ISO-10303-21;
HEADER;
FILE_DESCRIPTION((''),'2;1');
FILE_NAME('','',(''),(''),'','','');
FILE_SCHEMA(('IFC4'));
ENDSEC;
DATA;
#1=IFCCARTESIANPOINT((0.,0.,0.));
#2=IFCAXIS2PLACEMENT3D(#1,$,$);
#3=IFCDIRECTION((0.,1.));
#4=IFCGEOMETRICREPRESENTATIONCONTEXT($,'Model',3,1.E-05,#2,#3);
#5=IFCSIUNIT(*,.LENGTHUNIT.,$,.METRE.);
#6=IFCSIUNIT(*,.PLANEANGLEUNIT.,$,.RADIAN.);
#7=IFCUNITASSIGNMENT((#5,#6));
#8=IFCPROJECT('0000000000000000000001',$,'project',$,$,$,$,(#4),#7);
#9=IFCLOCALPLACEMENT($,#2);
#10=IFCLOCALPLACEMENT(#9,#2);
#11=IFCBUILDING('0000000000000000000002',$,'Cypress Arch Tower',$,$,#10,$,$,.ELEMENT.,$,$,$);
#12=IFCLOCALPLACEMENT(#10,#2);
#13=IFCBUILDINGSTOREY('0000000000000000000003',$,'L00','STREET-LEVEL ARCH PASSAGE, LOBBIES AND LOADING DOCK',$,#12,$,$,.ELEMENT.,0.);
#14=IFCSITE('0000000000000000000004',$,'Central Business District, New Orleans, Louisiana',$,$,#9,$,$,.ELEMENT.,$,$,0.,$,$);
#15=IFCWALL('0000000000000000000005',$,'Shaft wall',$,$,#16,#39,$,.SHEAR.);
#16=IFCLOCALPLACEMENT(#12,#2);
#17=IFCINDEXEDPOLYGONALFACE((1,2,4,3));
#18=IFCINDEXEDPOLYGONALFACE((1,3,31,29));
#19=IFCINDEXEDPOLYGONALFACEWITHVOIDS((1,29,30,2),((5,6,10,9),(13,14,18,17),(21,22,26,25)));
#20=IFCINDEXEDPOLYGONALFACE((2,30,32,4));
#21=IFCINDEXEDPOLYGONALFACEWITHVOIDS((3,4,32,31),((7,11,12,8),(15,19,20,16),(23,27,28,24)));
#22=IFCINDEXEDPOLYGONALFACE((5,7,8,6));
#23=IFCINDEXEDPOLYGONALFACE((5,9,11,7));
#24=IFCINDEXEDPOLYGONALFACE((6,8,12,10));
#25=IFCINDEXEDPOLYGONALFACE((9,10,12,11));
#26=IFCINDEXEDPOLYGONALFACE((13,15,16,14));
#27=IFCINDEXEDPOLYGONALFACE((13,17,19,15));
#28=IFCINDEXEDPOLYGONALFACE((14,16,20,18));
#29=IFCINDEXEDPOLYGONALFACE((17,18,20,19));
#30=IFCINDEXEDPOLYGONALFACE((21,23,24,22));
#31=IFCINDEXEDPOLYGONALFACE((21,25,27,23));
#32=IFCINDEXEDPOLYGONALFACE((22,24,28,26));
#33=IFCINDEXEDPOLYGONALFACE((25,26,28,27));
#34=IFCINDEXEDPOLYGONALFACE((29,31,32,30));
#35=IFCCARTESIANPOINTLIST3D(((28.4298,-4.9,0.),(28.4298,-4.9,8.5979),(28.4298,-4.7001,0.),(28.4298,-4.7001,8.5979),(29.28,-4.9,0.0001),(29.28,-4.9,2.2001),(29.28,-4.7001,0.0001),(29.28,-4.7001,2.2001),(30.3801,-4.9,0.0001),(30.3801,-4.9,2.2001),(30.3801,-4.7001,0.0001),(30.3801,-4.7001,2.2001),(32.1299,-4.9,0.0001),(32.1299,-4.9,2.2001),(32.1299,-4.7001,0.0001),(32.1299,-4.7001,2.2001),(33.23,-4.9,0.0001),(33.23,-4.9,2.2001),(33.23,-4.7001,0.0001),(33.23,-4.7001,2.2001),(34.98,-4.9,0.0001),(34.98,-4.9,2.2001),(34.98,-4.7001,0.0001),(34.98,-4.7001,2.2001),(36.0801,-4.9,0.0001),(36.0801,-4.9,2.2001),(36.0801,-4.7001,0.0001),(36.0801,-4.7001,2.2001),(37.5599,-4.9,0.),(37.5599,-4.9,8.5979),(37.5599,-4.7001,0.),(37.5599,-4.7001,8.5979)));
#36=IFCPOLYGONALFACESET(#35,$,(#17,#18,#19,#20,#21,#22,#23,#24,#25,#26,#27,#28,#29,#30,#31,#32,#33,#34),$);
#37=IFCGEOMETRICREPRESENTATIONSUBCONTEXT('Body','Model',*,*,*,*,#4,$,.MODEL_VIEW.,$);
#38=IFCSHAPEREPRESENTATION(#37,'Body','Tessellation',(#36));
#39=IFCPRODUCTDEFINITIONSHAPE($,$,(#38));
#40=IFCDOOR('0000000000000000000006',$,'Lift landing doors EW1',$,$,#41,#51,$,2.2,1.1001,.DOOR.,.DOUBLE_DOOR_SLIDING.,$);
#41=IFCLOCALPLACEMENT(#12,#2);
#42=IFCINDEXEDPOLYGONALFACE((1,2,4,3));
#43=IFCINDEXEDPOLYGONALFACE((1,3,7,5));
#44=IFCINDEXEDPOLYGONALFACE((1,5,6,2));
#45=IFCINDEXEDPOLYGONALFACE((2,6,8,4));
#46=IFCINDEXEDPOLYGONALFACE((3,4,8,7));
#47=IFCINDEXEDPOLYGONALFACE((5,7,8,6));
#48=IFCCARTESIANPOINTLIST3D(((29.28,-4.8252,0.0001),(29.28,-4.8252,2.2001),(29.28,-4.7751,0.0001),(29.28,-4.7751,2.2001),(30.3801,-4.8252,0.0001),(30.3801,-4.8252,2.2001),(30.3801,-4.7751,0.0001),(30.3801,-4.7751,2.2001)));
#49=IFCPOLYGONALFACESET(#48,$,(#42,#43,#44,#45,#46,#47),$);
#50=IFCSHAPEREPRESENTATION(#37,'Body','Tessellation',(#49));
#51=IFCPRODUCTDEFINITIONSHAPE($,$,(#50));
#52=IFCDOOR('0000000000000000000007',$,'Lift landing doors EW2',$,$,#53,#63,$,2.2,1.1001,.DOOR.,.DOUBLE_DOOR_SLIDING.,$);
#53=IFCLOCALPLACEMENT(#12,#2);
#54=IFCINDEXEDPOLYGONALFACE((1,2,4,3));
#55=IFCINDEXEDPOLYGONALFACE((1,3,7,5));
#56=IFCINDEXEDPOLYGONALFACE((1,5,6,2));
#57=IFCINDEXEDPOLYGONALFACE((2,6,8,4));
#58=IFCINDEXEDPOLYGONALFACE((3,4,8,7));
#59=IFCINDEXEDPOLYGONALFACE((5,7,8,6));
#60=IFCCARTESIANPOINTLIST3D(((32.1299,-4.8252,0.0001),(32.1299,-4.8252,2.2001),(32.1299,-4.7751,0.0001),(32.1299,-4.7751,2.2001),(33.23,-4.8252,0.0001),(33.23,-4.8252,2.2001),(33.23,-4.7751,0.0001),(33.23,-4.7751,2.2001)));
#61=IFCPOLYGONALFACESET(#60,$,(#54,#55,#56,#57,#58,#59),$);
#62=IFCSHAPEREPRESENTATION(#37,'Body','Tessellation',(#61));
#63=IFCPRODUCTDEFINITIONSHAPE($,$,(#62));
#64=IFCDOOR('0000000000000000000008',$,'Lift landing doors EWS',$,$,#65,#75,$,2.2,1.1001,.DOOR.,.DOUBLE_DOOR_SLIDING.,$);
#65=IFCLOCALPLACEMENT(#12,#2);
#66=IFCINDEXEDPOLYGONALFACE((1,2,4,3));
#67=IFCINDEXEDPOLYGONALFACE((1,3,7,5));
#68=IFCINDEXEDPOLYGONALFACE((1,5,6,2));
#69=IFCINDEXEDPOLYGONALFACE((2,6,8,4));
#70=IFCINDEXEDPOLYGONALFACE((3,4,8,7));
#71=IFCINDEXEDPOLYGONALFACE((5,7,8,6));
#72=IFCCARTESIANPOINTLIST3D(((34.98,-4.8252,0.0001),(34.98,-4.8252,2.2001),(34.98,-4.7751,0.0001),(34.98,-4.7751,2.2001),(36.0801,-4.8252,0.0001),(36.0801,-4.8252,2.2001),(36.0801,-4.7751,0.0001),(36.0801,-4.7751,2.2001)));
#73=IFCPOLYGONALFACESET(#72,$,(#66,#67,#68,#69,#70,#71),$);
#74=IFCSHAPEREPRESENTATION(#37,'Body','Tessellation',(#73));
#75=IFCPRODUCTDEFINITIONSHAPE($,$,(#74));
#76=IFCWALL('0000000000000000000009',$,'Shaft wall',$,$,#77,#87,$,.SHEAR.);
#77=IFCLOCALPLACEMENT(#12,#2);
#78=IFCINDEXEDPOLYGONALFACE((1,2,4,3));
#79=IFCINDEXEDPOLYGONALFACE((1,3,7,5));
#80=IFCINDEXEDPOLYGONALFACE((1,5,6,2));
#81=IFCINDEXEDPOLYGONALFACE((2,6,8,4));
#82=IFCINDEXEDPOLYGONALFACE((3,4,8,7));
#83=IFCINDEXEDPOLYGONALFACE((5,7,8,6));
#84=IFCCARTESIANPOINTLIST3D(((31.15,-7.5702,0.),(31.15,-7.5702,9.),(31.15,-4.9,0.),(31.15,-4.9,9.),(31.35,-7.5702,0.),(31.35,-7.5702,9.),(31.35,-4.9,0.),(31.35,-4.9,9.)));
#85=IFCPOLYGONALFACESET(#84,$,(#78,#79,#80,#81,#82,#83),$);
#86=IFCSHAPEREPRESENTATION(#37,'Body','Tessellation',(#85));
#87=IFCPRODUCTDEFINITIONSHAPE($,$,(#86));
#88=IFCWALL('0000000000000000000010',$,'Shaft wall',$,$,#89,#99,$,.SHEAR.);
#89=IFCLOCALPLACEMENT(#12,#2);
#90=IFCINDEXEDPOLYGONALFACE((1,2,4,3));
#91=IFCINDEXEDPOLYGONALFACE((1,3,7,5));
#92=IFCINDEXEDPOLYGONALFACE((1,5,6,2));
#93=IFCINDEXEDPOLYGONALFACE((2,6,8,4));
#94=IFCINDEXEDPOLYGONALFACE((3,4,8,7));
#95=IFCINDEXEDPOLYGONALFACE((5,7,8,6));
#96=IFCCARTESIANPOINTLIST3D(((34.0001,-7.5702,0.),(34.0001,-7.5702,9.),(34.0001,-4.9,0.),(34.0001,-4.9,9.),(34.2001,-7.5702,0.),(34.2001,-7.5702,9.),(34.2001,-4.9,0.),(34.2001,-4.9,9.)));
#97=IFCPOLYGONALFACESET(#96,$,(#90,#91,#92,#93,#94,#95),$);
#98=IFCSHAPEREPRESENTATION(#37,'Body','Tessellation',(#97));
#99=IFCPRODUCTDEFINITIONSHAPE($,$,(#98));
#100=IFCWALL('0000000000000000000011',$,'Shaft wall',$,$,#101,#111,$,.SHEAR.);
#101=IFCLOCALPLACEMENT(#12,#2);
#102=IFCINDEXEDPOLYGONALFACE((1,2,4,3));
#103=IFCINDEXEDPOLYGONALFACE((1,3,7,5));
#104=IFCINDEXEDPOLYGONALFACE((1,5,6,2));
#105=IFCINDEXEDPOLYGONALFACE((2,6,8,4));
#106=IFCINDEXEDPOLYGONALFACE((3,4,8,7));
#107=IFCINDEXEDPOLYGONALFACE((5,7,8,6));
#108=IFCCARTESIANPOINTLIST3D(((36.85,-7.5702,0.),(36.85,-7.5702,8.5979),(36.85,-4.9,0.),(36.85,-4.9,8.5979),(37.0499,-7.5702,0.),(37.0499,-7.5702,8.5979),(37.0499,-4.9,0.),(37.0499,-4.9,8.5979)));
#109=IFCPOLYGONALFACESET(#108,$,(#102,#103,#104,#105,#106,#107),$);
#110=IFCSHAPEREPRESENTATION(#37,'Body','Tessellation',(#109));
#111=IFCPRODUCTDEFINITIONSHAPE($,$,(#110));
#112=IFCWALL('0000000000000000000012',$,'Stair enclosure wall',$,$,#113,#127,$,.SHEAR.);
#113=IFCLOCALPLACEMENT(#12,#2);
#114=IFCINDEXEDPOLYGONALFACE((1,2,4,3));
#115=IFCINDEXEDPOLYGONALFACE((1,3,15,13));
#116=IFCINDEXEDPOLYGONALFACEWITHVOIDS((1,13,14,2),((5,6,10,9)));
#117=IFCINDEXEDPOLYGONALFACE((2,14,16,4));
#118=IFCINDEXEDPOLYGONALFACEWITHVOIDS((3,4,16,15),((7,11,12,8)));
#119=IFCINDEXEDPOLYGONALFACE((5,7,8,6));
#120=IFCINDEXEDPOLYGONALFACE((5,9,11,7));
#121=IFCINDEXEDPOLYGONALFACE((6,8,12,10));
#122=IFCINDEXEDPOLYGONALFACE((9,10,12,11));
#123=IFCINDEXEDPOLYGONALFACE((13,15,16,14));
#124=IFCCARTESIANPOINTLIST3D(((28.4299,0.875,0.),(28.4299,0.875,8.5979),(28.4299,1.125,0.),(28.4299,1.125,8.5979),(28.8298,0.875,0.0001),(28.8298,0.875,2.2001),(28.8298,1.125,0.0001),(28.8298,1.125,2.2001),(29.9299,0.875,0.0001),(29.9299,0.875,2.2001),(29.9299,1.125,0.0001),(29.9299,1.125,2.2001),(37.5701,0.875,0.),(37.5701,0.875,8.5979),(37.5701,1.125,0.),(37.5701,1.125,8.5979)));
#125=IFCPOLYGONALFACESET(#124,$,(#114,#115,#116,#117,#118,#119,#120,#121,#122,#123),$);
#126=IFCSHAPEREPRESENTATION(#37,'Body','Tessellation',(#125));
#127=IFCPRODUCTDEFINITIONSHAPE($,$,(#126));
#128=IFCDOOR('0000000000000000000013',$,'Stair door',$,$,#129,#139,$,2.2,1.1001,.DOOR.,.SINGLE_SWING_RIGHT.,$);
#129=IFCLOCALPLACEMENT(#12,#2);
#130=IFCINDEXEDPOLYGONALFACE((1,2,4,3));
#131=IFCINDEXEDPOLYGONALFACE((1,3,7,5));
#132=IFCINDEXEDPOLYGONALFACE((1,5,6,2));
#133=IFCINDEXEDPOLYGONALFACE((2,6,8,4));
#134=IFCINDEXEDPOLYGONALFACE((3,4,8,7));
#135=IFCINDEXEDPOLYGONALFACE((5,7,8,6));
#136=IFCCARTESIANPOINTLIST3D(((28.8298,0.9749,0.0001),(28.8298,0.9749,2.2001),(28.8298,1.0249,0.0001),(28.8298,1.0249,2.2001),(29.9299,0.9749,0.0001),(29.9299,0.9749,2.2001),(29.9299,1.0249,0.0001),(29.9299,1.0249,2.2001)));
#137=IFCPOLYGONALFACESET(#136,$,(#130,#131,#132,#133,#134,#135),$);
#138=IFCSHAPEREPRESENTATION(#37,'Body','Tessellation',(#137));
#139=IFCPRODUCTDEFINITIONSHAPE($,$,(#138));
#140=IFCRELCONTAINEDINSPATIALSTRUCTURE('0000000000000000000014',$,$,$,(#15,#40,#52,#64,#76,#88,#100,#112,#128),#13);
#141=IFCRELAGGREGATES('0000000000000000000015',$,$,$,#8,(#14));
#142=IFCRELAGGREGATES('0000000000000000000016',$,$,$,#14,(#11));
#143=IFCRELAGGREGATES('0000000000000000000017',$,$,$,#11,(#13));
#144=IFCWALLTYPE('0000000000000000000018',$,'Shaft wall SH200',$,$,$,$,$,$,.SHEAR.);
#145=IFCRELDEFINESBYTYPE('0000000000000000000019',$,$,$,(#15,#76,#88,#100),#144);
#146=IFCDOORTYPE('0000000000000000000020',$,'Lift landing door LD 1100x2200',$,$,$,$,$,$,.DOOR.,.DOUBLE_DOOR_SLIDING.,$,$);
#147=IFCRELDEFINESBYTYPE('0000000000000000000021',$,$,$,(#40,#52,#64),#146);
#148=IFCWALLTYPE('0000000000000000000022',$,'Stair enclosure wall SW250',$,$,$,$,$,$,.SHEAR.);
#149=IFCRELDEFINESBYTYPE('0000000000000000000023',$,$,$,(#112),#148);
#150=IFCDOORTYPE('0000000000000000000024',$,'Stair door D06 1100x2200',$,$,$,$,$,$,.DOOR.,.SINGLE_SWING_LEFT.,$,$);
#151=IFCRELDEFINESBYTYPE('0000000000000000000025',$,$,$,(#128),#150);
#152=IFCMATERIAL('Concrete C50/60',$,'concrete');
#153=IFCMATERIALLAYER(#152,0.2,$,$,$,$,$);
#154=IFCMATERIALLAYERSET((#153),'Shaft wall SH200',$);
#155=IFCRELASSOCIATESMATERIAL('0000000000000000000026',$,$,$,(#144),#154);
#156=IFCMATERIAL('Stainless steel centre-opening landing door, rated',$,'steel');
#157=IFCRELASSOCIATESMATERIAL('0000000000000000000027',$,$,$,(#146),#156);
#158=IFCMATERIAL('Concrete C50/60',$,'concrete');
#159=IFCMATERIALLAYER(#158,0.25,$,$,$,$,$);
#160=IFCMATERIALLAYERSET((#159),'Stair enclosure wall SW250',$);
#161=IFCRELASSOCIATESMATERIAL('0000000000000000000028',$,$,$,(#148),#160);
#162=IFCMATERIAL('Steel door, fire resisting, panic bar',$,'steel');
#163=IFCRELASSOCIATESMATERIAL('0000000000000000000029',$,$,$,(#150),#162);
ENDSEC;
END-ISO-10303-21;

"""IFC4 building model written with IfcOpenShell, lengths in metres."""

from ifc_helpers import new_model, si_unit, direction, frame, frame_2d, origin, place, context, subcontext, project, spatial, rectangle, extrude, material, layer, layer_set, type_object, element, fill, save


model = new_model("IFC4")

# Units and contexts
model_context = context("Model", 3, precision=1e-05, world=origin(), true_north=direction((0.0, 1.0)))
body_context = subcontext(model_context, "Body", "Model", "MODEL_VIEW")
ifc_project = project(units=[si_unit("LENGTHUNIT", "METRE"), si_unit("PLANEANGLEUNIT", "RADIAN")], contexts=[model_context])

# Site, building, storey
site_placement = place(None, origin())
site = spatial("IfcSite", under=ifc_project, at=site_placement, Name="Central Business District, New Orleans, Louisiana", CompositionType="ELEMENT", RefElevation=0.0)
building_placement = place(site_placement, origin())
building = spatial("IfcBuilding", under=site, at=building_placement, Name="Cypress Arch Tower", CompositionType="ELEMENT")
storey_placement = place(building_placement, origin())
storey = spatial("IfcBuildingStorey", under=building, at=storey_placement, Name="L00", Description="STREET-LEVEL ARCH PASSAGE, LOBBIES AND LOADING DOCK", CompositionType="ELEMENT", Elevation=0.0)

# Wall, openings, doors
ifc_material_1 = material(Name="Concrete C50/60", Category="concrete")
ifc_layer_1 = layer(ifc_material_1, 0.2)
ifc_layer_set_1 = layer_set([ifc_layer_1], Name="Shaft wall SH200")
wall_type_1 = type_object("IfcWallType", Name="Shaft wall SH200", PredefinedType="SHEAR", material=ifc_layer_set_1)
wall_1_placement = place(storey_placement, frame((28.4299, -4.8, 0.0), z_axis=(0.0, 0.0, 1.0), x_axis=(1.0, 0.0, 0.0)))
wall_1 = element("IfcWall", 1, at=wall_1_placement, inside=storey, type_object=wall_type_1, Name="Shaft wall", PredefinedType="SHEAR", context=body_context, shape_type="SweptSolid", body=[
    extrude(rectangle(XDim=9.1301, YDim=0.2, at=frame_2d((4.5649, 0.0))), origin(), (0.0, 0.0, 1.0), 8.5979),
])
opening_1_placement = place(wall_1_placement, frame((0.8501, 0.0, 0.0)))
opening_1 = element("IfcOpeningElement", 2, at=opening_1_placement, cuts=wall_1, PredefinedType="OPENING", context=body_context, shape_type="SweptSolid", body=[
    extrude(rectangle(XDim=1.1001, YDim=2.2, at=frame_2d((0.55, 1.1001))), frame((0.0, 0.1099, 0.0), z_axis=(0.0, -1.0, 0.0), x_axis=(1.0, 0.0, 0.0)), (0.0, 0.0, 1.0), 0.22),
])
opening_2_placement = place(wall_1_placement, frame((3.7, 0.0, 0.0)))
opening_2 = element("IfcOpeningElement", 3, at=opening_2_placement, cuts=wall_1, PredefinedType="OPENING", context=body_context, shape_type="SweptSolid", body=[
    extrude(rectangle(XDim=1.1001, YDim=2.2, at=frame_2d((0.55, 1.1001))), frame((0.0, 0.1099, 0.0), z_axis=(0.0, -1.0, 0.0), x_axis=(1.0, 0.0, 0.0)), (0.0, 0.0, 1.0), 0.22),
])
opening_3_placement = place(wall_1_placement, frame((6.55, 0.0, 0.0)))
opening_3 = element("IfcOpeningElement", 4, at=opening_3_placement, cuts=wall_1, PredefinedType="OPENING", context=body_context, shape_type="SweptSolid", body=[
    extrude(rectangle(XDim=1.1001, YDim=2.2, at=frame_2d((0.55, 1.1001))), frame((0.0, 0.1099, 0.0), z_axis=(0.0, -1.0, 0.0), x_axis=(1.0, 0.0, 0.0)), (0.0, 0.0, 1.0), 0.22),
])
ifc_material_2 = material(Name="Stainless steel centre-opening landing door, rated", Category="steel")
door_type_1 = type_object("IfcDoorType", Name="Lift landing door LD 1100x2200", OperationType="DOUBLE_DOOR_SLIDING", PredefinedType="DOOR", material=ifc_material_2)
door_1_placement = place(opening_1_placement, origin())
door_1 = element("IfcDoor", 5, at=door_1_placement, inside=storey, type_object=door_type_1, Name="Lift landing doors EW1", OperationType="DOUBLE_DOOR_SLIDING", OverallHeight=2.2, OverallWidth=1.1001, PredefinedType="DOOR", context=body_context, shape_type="SweptSolid", body=[
    extrude(rectangle(XDim=1.1001, YDim=2.2, at=frame_2d((0.55, 1.1001))), frame((0.0, 0.0249, 0.0), z_axis=(0.0, -1.0, 0.0), x_axis=(1.0, 0.0, 0.0)), (0.0, 0.0, 1.0), 0.05),
])
fill(opening_1, door_1)
door_2_placement = place(opening_2_placement, origin())
door_2 = element("IfcDoor", 6, at=door_2_placement, inside=storey, type_object=door_type_1, Name="Lift landing doors EW2", OperationType="DOUBLE_DOOR_SLIDING", OverallHeight=2.2, OverallWidth=1.1001, PredefinedType="DOOR", context=body_context, shape_type="SweptSolid", body=[
    extrude(rectangle(XDim=1.1001, YDim=2.2, at=frame_2d((0.55, 1.1001))), frame((0.0, 0.0249, 0.0), z_axis=(0.0, -1.0, 0.0), x_axis=(1.0, 0.0, 0.0)), (0.0, 0.0, 1.0), 0.05),
])
fill(opening_2, door_2)
door_3_placement = place(opening_3_placement, origin())
door_3 = element("IfcDoor", 7, at=door_3_placement, inside=storey, type_object=door_type_1, Name="Lift landing doors EWS", OperationType="DOUBLE_DOOR_SLIDING", OverallHeight=2.2, OverallWidth=1.1001, PredefinedType="DOOR", context=body_context, shape_type="SweptSolid", body=[
    extrude(rectangle(XDim=1.1001, YDim=2.2, at=frame_2d((0.55, 1.1001))), frame((0.0, 0.0249, 0.0), z_axis=(0.0, -1.0, 0.0), x_axis=(1.0, 0.0, 0.0)), (0.0, 0.0, 1.0), 0.05),
])
fill(opening_3, door_3)

# Walls
for number, where, z_axis, x_axis, name in (
    (8, (31.25, -7.5701, 0.0), (0.0, 0.0, 1.0), (0.0, 1.0, 0.0), "Shaft wall"),
    (9, (34.1001, -7.5701, 0.0), (0.0, 0.0, 1.0), (0.0, 1.0, 0.0), "Shaft wall"),
):
    element("IfcWall", number, at=place(storey_placement, frame(where, z_axis=z_axis, x_axis=x_axis)), inside=storey, type_object=wall_type_1, Name=name, PredefinedType="SHEAR", context=body_context, shape_type="SweptSolid", body=[
        extrude(rectangle(XDim=2.6702, YDim=0.2, at=frame_2d((1.335, 0.0))), origin(), (0.0, 0.0, 1.0), 9.0),
    ])
wall_2_placement = place(storey_placement, frame((36.95, -7.5701, 0.0), z_axis=(0.0, 0.0, 1.0), x_axis=(0.0, 1.0, 0.0)))
element("IfcWall", 10, at=wall_2_placement, inside=storey, type_object=wall_type_1, Name="Shaft wall", PredefinedType="SHEAR", context=body_context, shape_type="SweptSolid", body=[
    extrude(rectangle(XDim=2.6702, YDim=0.2, at=frame_2d((1.335, 0.0))), origin(), (0.0, 0.0, 1.0), 8.5979),
])

# Wall, opening, door
ifc_material_3 = material(Name="Concrete C50/60", Category="concrete")
ifc_layer_2 = layer(ifc_material_3, 0.25)
ifc_layer_set_2 = layer_set([ifc_layer_2], Name="Stair enclosure wall SW250")
wall_type_2 = type_object("IfcWallType", Name="Stair enclosure wall SW250", PredefinedType="SHEAR", material=ifc_layer_set_2)
wall_3_placement = place(storey_placement, frame((28.4299, 1.0, 0.0), z_axis=(0.0, 0.0, 1.0), x_axis=(1.0, 0.0, 0.0)))
wall_3 = element("IfcWall", 11, at=wall_3_placement, inside=storey, type_object=wall_type_2, Name="Stair enclosure wall", PredefinedType="SHEAR", context=body_context, shape_type="SweptSolid", body=[
    extrude(rectangle(XDim=9.1401, YDim=0.25, at=frame_2d((4.5701, 0.0))), origin(), (0.0, 0.0, 1.0), 8.5979),
])
opening_4_placement = place(wall_3_placement, frame((0.3999, 0.0, 0.0)))
opening_4 = element("IfcOpeningElement", 12, at=opening_4_placement, cuts=wall_3, PredefinedType="OPENING", context=body_context, shape_type="SweptSolid", body=[
    extrude(rectangle(XDim=1.1001, YDim=2.2, at=frame_2d((0.55, 1.1001))), frame((0.0, 0.135, 0.0), z_axis=(0.0, -1.0, 0.0), x_axis=(1.0, 0.0, 0.0)), (0.0, 0.0, 1.0), 0.27),
])
ifc_material_4 = material(Name="Steel door, fire resisting, panic bar", Category="steel")
door_type_2 = type_object("IfcDoorType", Name="Stair door D06 1100x2200", OperationType="SINGLE_SWING_LEFT", PredefinedType="DOOR", material=ifc_material_4)
door_4_placement = place(opening_4_placement, origin())
door_4 = element("IfcDoor", 13, at=door_4_placement, inside=storey, type_object=door_type_2, Name="Stair door", OperationType="SINGLE_SWING_RIGHT", OverallHeight=2.2, OverallWidth=1.1001, PredefinedType="DOOR", context=body_context, shape_type="SweptSolid", body=[
    extrude(rectangle(XDim=1.1001, YDim=2.2, at=frame_2d((0.55, 1.1001))), frame((0.0, 0.0249, 0.0), z_axis=(0.0, -1.0, 0.0), x_axis=(1.0, 0.0, 0.0)), (0.0, 0.0, 1.0), 0.05),
])
fill(opening_4, door_4)

save(model, "model.ifc")
